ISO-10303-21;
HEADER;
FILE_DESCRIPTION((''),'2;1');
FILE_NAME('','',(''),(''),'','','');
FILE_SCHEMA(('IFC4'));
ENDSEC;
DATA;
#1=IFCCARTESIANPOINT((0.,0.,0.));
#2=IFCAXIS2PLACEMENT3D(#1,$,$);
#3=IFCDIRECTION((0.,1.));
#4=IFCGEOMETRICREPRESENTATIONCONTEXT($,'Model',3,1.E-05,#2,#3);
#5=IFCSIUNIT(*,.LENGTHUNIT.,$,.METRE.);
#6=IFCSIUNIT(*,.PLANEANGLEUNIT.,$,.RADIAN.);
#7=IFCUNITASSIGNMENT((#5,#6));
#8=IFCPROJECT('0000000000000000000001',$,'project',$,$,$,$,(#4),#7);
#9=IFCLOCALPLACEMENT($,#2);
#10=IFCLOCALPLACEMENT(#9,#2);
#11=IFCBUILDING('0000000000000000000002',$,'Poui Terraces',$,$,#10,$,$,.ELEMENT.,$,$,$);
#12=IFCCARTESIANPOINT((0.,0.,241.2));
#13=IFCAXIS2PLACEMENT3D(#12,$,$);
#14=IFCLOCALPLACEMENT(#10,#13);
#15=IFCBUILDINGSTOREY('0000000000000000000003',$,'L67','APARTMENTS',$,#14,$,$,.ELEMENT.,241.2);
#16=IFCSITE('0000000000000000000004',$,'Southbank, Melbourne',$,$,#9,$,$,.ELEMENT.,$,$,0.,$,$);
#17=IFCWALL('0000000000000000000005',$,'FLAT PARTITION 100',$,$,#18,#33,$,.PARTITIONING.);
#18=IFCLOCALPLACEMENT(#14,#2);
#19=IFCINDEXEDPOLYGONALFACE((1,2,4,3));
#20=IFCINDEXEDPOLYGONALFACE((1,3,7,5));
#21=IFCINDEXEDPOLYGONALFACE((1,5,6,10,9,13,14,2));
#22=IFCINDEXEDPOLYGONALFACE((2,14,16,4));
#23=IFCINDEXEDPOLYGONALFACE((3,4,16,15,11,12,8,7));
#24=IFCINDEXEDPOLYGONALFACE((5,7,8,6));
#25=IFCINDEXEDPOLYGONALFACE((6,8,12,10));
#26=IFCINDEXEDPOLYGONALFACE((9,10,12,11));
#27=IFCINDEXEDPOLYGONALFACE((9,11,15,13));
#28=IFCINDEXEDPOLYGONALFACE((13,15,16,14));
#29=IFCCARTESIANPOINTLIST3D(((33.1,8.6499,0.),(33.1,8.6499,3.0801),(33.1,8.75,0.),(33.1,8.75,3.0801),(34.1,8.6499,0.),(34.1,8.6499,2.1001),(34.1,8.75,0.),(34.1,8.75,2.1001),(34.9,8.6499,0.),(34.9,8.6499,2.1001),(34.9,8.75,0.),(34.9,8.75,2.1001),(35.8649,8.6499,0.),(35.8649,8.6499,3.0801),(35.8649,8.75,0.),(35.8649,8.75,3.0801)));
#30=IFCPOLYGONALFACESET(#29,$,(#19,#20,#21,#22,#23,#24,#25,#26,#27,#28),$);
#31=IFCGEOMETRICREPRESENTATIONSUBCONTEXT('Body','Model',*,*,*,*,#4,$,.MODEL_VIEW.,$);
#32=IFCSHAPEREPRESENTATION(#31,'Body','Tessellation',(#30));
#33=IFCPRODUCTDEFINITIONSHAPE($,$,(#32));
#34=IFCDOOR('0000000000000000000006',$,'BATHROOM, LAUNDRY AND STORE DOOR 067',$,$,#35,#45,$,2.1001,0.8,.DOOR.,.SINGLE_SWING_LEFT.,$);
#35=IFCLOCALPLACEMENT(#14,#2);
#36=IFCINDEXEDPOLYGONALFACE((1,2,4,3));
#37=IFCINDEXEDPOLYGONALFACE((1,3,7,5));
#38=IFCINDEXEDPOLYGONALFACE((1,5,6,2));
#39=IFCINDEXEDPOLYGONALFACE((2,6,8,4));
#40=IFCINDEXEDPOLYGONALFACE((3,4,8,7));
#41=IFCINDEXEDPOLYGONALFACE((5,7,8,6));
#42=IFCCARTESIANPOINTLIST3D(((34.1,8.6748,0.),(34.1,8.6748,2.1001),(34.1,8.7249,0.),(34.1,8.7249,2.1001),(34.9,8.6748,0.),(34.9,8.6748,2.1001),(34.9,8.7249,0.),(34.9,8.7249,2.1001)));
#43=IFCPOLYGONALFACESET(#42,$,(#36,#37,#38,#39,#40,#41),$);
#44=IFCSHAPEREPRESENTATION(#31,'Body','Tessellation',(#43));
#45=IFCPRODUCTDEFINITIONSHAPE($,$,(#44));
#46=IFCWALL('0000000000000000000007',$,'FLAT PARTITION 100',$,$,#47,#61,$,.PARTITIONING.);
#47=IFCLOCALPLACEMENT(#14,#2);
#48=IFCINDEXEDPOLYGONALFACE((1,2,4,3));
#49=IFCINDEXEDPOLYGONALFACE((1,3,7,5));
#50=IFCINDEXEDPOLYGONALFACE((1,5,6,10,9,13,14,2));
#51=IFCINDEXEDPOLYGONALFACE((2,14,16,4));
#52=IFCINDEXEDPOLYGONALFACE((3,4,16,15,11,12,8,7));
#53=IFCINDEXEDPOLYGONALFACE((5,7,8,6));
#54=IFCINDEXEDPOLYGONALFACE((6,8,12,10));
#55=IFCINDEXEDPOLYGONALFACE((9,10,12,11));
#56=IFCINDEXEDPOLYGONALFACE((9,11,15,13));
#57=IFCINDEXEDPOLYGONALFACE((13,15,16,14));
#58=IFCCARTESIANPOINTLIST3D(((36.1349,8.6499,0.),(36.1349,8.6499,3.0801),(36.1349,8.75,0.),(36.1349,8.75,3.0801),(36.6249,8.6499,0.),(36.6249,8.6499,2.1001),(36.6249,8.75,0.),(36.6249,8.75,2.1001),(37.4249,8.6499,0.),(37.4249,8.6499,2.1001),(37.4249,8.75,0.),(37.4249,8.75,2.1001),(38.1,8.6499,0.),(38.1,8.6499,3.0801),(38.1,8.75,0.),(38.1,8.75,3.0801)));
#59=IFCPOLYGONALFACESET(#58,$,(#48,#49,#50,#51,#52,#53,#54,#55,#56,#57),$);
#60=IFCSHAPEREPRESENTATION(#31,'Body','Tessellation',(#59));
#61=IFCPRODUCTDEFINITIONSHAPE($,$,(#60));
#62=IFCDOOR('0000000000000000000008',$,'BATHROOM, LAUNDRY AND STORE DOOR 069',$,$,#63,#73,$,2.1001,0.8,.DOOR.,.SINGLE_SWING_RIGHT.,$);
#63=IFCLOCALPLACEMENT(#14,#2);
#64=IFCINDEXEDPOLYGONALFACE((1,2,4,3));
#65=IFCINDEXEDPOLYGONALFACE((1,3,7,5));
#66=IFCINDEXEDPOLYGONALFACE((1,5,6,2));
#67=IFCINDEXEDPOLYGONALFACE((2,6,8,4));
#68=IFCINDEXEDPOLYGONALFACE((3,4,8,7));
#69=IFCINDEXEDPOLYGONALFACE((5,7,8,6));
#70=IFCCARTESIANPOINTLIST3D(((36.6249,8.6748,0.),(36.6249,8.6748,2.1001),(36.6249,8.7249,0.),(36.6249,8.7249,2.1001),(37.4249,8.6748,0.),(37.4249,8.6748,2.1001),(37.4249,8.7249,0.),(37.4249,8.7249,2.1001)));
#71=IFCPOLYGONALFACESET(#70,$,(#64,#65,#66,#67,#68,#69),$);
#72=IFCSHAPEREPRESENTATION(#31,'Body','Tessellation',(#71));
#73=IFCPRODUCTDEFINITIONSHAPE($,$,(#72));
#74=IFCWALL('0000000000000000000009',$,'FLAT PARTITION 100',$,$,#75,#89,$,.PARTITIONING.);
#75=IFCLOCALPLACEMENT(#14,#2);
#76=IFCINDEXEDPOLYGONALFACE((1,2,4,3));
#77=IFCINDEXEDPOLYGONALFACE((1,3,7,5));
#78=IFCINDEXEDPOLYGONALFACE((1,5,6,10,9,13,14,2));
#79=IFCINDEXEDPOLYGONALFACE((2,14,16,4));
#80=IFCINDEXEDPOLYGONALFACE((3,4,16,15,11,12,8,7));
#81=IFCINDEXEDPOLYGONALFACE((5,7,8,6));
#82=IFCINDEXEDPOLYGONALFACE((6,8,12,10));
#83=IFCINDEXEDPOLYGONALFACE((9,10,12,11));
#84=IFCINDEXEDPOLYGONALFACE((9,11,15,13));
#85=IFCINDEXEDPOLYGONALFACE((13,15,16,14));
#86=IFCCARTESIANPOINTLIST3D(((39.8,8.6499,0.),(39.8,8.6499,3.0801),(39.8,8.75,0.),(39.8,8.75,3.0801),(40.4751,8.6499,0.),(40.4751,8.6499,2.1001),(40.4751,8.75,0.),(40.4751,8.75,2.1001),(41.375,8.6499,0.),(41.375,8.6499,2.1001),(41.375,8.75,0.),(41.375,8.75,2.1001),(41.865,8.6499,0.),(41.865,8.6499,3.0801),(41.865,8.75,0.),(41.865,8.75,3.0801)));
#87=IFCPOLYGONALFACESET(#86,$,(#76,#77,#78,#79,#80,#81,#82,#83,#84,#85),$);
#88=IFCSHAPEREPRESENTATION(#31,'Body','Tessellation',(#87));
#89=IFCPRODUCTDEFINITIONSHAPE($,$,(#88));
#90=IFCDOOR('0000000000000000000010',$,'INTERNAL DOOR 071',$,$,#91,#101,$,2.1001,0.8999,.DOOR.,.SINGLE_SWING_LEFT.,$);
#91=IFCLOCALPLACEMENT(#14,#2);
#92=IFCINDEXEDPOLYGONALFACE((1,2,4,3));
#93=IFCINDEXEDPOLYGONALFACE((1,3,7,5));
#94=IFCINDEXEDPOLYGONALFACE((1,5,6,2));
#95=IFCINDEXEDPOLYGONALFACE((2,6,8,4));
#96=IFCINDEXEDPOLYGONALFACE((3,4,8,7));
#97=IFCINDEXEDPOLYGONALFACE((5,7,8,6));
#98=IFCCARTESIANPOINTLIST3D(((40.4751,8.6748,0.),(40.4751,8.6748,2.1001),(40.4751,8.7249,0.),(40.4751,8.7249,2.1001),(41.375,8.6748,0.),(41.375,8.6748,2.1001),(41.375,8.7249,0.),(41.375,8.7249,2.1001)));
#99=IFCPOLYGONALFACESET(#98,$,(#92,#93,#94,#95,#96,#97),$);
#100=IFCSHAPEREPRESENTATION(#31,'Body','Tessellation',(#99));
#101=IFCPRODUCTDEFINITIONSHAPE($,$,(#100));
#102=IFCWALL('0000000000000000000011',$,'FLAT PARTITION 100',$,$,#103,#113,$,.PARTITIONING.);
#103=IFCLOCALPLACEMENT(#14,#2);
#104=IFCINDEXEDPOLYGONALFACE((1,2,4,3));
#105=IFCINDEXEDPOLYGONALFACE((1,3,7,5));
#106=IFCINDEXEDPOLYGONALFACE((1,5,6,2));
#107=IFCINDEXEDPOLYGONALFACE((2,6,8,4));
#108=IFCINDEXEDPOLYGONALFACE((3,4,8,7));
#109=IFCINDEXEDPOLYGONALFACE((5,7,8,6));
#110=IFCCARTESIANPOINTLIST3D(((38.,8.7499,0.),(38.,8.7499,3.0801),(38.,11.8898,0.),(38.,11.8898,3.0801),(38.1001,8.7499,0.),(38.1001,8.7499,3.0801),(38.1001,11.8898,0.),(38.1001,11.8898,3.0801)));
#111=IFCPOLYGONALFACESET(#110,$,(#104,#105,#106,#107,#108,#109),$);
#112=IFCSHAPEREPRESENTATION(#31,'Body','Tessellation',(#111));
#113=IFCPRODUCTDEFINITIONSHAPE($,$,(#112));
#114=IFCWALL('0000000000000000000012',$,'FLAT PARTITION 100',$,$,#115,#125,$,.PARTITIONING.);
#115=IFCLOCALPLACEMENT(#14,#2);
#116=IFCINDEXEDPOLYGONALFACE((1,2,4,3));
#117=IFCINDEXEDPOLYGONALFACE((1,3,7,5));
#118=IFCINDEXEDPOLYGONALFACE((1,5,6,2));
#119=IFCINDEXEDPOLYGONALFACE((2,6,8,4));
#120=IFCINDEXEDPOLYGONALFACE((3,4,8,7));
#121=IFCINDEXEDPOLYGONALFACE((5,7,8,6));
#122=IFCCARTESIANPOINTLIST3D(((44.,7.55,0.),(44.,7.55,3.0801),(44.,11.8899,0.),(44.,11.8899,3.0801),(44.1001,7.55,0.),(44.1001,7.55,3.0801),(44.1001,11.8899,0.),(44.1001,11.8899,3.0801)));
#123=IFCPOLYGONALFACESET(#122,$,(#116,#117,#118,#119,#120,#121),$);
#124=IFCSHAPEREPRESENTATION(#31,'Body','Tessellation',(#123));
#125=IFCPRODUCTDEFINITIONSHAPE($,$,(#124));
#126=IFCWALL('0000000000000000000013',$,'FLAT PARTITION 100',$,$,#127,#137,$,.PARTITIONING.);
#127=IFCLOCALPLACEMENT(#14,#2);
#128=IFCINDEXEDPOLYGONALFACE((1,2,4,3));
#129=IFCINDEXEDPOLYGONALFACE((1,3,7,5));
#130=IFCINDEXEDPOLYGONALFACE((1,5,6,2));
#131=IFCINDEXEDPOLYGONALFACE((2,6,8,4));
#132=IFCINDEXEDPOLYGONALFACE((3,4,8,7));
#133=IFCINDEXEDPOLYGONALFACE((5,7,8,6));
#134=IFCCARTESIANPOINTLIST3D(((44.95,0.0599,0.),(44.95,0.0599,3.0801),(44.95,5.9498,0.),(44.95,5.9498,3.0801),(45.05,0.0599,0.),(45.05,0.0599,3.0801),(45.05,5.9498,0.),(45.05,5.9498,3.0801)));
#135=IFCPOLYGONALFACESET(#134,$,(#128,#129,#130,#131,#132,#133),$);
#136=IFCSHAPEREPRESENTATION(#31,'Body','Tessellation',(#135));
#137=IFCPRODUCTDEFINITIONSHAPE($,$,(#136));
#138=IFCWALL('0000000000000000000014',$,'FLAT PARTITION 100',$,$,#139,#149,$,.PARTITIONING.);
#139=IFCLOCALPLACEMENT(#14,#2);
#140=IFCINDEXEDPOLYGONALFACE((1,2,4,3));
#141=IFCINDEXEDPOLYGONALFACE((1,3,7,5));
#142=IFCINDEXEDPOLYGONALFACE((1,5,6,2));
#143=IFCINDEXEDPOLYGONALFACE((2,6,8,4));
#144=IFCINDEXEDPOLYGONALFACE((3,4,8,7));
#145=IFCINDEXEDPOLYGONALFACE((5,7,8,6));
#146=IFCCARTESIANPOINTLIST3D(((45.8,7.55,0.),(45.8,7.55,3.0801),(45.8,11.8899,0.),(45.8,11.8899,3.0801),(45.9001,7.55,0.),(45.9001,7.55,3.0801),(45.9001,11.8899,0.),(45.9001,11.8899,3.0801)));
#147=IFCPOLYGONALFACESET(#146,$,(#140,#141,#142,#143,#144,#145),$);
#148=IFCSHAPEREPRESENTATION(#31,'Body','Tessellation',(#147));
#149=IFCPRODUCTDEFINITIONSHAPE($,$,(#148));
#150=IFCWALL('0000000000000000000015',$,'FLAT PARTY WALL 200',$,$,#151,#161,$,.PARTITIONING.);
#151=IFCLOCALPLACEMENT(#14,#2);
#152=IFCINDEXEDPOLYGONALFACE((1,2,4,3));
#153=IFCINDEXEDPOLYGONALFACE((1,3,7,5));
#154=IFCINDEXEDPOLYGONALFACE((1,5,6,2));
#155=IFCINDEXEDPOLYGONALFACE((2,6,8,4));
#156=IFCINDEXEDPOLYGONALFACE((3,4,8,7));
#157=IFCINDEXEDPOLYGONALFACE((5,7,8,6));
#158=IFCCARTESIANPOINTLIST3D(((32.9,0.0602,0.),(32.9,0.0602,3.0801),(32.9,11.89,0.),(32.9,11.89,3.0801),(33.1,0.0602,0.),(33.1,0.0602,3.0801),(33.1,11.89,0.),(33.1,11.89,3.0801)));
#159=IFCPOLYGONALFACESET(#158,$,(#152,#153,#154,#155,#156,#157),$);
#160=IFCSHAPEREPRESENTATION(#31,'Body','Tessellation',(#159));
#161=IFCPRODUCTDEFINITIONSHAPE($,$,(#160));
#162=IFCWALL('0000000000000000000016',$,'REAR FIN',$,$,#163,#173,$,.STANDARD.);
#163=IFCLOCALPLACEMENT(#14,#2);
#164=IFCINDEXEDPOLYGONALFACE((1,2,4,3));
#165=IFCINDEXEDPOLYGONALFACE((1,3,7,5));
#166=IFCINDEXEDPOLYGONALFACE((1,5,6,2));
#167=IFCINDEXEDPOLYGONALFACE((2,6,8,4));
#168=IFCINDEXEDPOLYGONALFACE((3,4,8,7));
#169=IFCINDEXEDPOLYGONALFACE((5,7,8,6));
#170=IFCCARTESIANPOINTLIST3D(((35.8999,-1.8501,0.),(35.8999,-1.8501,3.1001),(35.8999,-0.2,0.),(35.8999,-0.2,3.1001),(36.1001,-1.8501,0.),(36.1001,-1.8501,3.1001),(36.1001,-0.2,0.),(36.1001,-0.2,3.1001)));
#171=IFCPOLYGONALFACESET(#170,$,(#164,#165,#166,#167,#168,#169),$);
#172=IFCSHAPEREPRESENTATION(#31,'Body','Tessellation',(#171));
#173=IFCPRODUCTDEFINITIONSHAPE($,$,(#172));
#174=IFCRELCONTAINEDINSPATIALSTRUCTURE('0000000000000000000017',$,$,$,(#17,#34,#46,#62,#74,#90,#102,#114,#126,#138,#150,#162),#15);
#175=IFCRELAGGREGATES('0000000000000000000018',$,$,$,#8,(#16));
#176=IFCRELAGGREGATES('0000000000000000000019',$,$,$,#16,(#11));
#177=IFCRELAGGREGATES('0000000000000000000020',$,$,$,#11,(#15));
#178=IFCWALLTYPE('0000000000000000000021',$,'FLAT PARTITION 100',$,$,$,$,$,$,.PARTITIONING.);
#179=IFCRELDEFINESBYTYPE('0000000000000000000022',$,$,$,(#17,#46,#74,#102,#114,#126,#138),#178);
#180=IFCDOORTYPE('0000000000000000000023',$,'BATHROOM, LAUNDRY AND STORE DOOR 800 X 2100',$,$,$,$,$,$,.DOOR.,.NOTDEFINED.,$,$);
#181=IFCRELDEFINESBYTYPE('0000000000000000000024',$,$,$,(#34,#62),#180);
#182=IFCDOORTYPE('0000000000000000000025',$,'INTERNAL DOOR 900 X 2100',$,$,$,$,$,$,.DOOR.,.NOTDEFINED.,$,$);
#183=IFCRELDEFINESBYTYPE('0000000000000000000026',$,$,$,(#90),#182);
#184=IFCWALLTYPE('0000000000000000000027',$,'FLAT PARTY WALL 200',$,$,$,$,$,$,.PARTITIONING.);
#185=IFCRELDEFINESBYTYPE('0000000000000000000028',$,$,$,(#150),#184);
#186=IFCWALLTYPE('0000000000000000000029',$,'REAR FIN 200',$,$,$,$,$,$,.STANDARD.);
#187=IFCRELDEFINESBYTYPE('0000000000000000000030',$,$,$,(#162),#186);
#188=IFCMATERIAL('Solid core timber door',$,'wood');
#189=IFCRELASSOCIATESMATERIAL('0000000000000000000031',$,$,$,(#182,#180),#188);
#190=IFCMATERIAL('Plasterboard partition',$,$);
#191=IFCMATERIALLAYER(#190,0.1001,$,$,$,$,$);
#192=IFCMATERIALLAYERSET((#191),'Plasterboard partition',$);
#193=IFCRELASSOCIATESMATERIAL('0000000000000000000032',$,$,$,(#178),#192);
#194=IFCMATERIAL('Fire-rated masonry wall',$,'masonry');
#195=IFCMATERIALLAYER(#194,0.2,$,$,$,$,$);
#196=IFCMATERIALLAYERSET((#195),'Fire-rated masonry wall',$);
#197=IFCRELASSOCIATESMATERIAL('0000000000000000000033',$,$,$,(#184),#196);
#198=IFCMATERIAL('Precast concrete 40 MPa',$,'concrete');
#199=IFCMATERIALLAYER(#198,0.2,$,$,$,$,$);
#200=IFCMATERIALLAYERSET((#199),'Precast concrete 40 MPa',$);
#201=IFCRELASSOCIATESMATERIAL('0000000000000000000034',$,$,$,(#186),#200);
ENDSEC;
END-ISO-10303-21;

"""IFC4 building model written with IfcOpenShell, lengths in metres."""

from ifc_helpers import new_model, si_unit, direction, frame, frame_2d, origin, place, context, subcontext, project, spatial, polyline, rectangle, outline, extrude, source, transform, mapped, material, layer, layer_set, type_object, element, fill, save


model = new_model("IFC4")

# Units and contexts
model_context = context("Model", 3, precision=1e-05, world=origin(), true_north=direction((0.0, 1.0)))
body_context = subcontext(model_context, "Body", "Model", "MODEL_VIEW")
ifc_project = project(units=[si_unit("LENGTHUNIT", "METRE"), si_unit("PLANEANGLEUNIT", "RADIAN")], contexts=[model_context])

# Site, building, storey
site_placement = place(None, origin())
site = spatial("IfcSite", under=ifc_project, at=site_placement, Name="Southbank, Melbourne", CompositionType="ELEMENT", RefElevation=0.0)
building_placement = place(site_placement, origin())
building = spatial("IfcBuilding", under=site, at=building_placement, Name="Poui Terraces", CompositionType="ELEMENT")
storey_placement = place(building_placement, frame((0.0, 0.0, 241.2)))
storey = spatial("IfcBuildingStorey", under=building, at=storey_placement, Name="L67", Description="APARTMENTS", CompositionType="ELEMENT", Elevation=241.2)

# Shared definitions
ifc_material_1 = material(Name="Precast concrete 40 MPa", Category="concrete")

# Shared definitions
ifc_material_2 = material(Name="Solid core timber door", Category="wood")
door_type_1 = type_object("IfcDoorType", Name="INTERNAL DOOR 900 X 2100", OperationType="NOTDEFINED", PredefinedType="DOOR", material=ifc_material_2)

# Walls, openings, doors
ifc_material_3 = material(Name="Plasterboard partition")
ifc_layer_1 = layer(ifc_material_3, 0.1001)
ifc_layer_set_1 = layer_set([ifc_layer_1], Name="Plasterboard partition")
wall_type_1 = type_object("IfcWallType", Name="FLAT PARTITION 100", PredefinedType="PARTITIONING", material=ifc_layer_set_1)
door_type_2 = type_object("IfcDoorType", Name="BATHROOM, LAUNDRY AND STORE DOOR 800 X 2100", OperationType="NOTDEFINED", PredefinedType="DOOR", material=ifc_material_2)
wall_1_placement = place(storey_placement, frame((33.1001, 8.7, 0.0), z_axis=(0.0, 0.0, 1.0), x_axis=(1.0, 0.0, 0.0)))
wall_1 = element("IfcWall", 1, at=wall_1_placement, inside=storey, type_object=wall_type_1, Name="FLAT PARTITION 100", PredefinedType="PARTITIONING", context=body_context, shape_type="SweptSolid", body=[
    extrude(rectangle(XDim=2.7649, YDim=0.1001, at=frame_2d((1.3823, 0.0))), origin(), (0.0, 0.0, 1.0), 3.0801),
])
opening_1_placement = place(wall_1_placement, frame((1.0, 0.0, 0.0)))
opening_1 = element("IfcOpeningElement", 2, at=opening_1_placement, cuts=wall_1, PredefinedType="OPENING", context=body_context, shape_type="SweptSolid", body=[
    extrude(rectangle(XDim=0.8, YDim=2.1001, at=frame_2d((0.3999, 1.05))), frame((0.0, 0.0601, 0.0), z_axis=(0.0, -1.0, 0.0), x_axis=(1.0, 0.0, 0.0)), (0.0, 0.0, 1.0), 0.1201),
])
door_1_placement = place(opening_1_placement, origin())
door_1 = element("IfcDoor", 3, at=door_1_placement, inside=storey, type_object=door_type_2, Name="BATHROOM, LAUNDRY AND STORE DOOR 067", OperationType="SINGLE_SWING_LEFT", OverallHeight=2.1001, OverallWidth=0.8, PredefinedType="DOOR", context=body_context, shape_type="SweptSolid", body=[
    extrude(rectangle(XDim=0.8, YDim=2.1001, at=frame_2d((0.3999, 1.05))), frame((0.0, 0.0249, 0.0), z_axis=(0.0, -1.0, 0.0), x_axis=(1.0, 0.0, 0.0)), (0.0, 0.0, 1.0), 0.05),
])
fill(opening_1, door_1)
wall_2_placement = place(storey_placement, frame((36.135, 8.7, 0.0), z_axis=(0.0, 0.0, 1.0), x_axis=(1.0, 0.0, 0.0)))
wall_2 = element("IfcWall", 4, at=wall_2_placement, inside=storey, type_object=wall_type_1, Name="FLAT PARTITION 100", PredefinedType="PARTITIONING", context=body_context, shape_type="SweptSolid", body=[
    extrude(rectangle(XDim=1.9651, YDim=0.1001, at=frame_2d((0.9824, 0.0))), origin(), (0.0, 0.0, 1.0), 3.0801),
])
opening_2_placement = place(wall_2_placement, frame((0.49, 0.0, 0.0)))
opening_2 = element("IfcOpeningElement", 5, at=opening_2_placement, cuts=wall_2, PredefinedType="OPENING", context=body_context, shape_type="SweptSolid", body=[
    extrude(rectangle(XDim=0.8, YDim=2.1001, at=frame_2d((0.3999, 1.05))), frame((0.0, 0.0601, 0.0), z_axis=(0.0, -1.0, 0.0), x_axis=(1.0, 0.0, 0.0)), (0.0, 0.0, 1.0), 0.1201),
])
door_2_placement = place(opening_2_placement, origin())
door_2 = element("IfcDoor", 6, at=door_2_placement, inside=storey, type_object=door_type_2, Name="BATHROOM, LAUNDRY AND STORE DOOR 069", OperationType="SINGLE_SWING_RIGHT", OverallHeight=2.1001, OverallWidth=0.8, PredefinedType="DOOR", context=body_context, shape_type="SweptSolid", body=[
    extrude(rectangle(XDim=0.8, YDim=2.1001, at=frame_2d((0.3999, 1.05))), frame((0.0, 0.0249, 0.0), z_axis=(0.0, -1.0, 0.0), x_axis=(1.0, 0.0, 0.0)), (0.0, 0.0, 1.0), 0.05),
])
fill(opening_2, door_2)
wall_3_placement = place(storey_placement, frame((39.8, 8.7, 0.0), z_axis=(0.0, 0.0, 1.0), x_axis=(1.0, 0.0, 0.0)))
wall_3 = element("IfcWall", 7, at=wall_3_placement, inside=storey, type_object=wall_type_1, Name="FLAT PARTITION 100", PredefinedType="PARTITIONING", context=body_context, shape_type="SweptSolid", body=[
    extrude(rectangle(XDim=2.0649, YDim=0.1001, at=frame_2d((1.0325, 0.0))), origin(), (0.0, 0.0, 1.0), 3.0801),
])
opening_3_placement = place(wall_3_placement, frame((0.675, 0.0, 0.0)))
opening_3 = element("IfcOpeningElement", 8, at=opening_3_placement, cuts=wall_3, PredefinedType="OPENING", context=body_context, shape_type="SweptSolid", body=[
    extrude(rectangle(XDim=0.8999, YDim=2.1001, at=frame_2d((0.45, 1.05))), frame((0.0, 0.0601, 0.0), z_axis=(0.0, -1.0, 0.0), x_axis=(1.0, 0.0, 0.0)), (0.0, 0.0, 1.0), 0.1201),
])
door_3_placement = place(opening_3_placement, origin())
door_3 = element("IfcDoor", 9, at=door_3_placement, inside=storey, type_object=door_type_1, Name="INTERNAL DOOR 071", OperationType="SINGLE_SWING_LEFT", OverallHeight=2.1001, OverallWidth=0.8999, PredefinedType="DOOR", context=body_context, shape_type="SweptSolid", body=[
    extrude(rectangle(XDim=0.8999, YDim=2.1001, at=frame_2d((0.45, 1.05))), frame((0.0, 0.0249, 0.0), z_axis=(0.0, -1.0, 0.0), x_axis=(1.0, 0.0, 0.0)), (0.0, 0.0, 1.0), 0.05),
])
fill(opening_3, door_3)

# Walls
wall_4_placement = place(storey_placement, frame((38.05, 8.75, 0.0), z_axis=(0.0, 0.0, 1.0), x_axis=(0.0, 1.0, 0.0)))
element("IfcWall", 10, at=wall_4_placement, inside=storey, type_object=wall_type_1, Name="FLAT PARTITION 100", PredefinedType="PARTITIONING", context=body_context, shape_type="SweptSolid", body=[
    extrude(rectangle(XDim=3.1399, YDim=0.1001, at=frame_2d((1.5698, 0.0))), origin(), (0.0, 0.0, 1.0), 3.0801),
])
wall_5_placement = place(storey_placement, frame((44.05, 7.55, 0.0), z_axis=(0.0, 0.0, 1.0), x_axis=(0.0, 1.0, 0.0)))
element("IfcWall", 11, at=wall_5_placement, inside=storey, type_object=wall_type_1, Name="FLAT PARTITION 100", PredefinedType="PARTITIONING", context=body_context, shape_type="SweptSolid", body=[
    extrude(rectangle(XDim=4.3398, YDim=0.1001, at=frame_2d((2.1699, 0.0))), origin(), (0.0, 0.0, 1.0), 3.0801),
])
wall_6_placement = place(storey_placement, frame((45.0, 0.0601, 0.0), z_axis=(0.0, 0.0, 1.0), x_axis=(0.0, 1.0, 0.0)))
element("IfcWall", 12, at=wall_6_placement, inside=storey, type_object=wall_type_1, Name="FLAT PARTITION 100", PredefinedType="PARTITIONING", context=body_context, shape_type="SweptSolid", body=[
    extrude(rectangle(XDim=5.8899, YDim=0.1001, at=frame_2d((2.9448, 0.0))), origin(), (0.0, 0.0, 1.0), 3.0801),
])
wall_7_placement = place(storey_placement, frame((45.8501, 7.55, 0.0), z_axis=(0.0, 0.0, 1.0), x_axis=(0.0, 1.0, 0.0)))
element("IfcWall", 13, at=wall_7_placement, inside=storey, type_object=wall_type_1, Name="FLAT PARTITION 100", PredefinedType="PARTITIONING", context=body_context, shape_type="SweptSolid", body=[
    extrude(rectangle(XDim=4.3398, YDim=0.1001, at=frame_2d((2.1699, 0.0))), origin(), (0.0, 0.0, 1.0), 3.0801),
])
ifc_material_4 = material(Name="Fire-rated masonry wall", Category="masonry")
ifc_layer_2 = layer(ifc_material_4, 0.2)
ifc_layer_set_2 = layer_set([ifc_layer_2], Name="Fire-rated masonry wall")
wall_type_2 = type_object("IfcWallType", Name="FLAT PARTY WALL 200", PredefinedType="PARTITIONING", material=ifc_layer_set_2)
wall_8_placement = place(storey_placement, frame((33.0, 0.0601, 0.0), z_axis=(0.0, 0.0, 1.0), x_axis=(0.0, 1.0, 0.0)))
element("IfcWall", 14, at=wall_8_placement, inside=storey, type_object=wall_type_2, Name="FLAT PARTY WALL 200", PredefinedType="PARTITIONING", context=body_context, shape_type="SweptSolid", body=[
    extrude(rectangle(XDim=11.8298, YDim=0.2, at=frame_2d((5.915, 0.0))), origin(), (0.0, 0.0, 1.0), 3.0801),
])
ifc_layer_3 = layer(ifc_material_1, 0.2)
ifc_layer_set_3 = layer_set([ifc_layer_3], Name="Precast concrete 40 MPa")
wall_type_3 = type_object("IfcWallType", Name="REAR FIN 200", PredefinedType="STANDARD", material=ifc_layer_set_3)
shared_shape_1 = source(origin(), body_context, "Body", "SweptSolid", [
    extrude(outline(polyline([(0.0, 0.0), (0.2002, 0.0), (0.2002, 1.6501), (0.0, 1.6501), (0.0, 0.0)])), origin(), (0.0, 0.0, 1.0), 3.1001),
])
for number, where, name in (
    (15, (35.8999, -1.8501, 0.0), "REAR FIN"),
):
    element("IfcWall", number, at=place(storey_placement, frame(where)), inside=storey, type_object=wall_type_3, Name=name, PredefinedType="STANDARD", context=body_context, shape_type="MappedRepresentation", body=[
        mapped(shared_shape_1, transform((0.0, 0.0, 0.0))),
    ])

save(model, "model.ifc")
